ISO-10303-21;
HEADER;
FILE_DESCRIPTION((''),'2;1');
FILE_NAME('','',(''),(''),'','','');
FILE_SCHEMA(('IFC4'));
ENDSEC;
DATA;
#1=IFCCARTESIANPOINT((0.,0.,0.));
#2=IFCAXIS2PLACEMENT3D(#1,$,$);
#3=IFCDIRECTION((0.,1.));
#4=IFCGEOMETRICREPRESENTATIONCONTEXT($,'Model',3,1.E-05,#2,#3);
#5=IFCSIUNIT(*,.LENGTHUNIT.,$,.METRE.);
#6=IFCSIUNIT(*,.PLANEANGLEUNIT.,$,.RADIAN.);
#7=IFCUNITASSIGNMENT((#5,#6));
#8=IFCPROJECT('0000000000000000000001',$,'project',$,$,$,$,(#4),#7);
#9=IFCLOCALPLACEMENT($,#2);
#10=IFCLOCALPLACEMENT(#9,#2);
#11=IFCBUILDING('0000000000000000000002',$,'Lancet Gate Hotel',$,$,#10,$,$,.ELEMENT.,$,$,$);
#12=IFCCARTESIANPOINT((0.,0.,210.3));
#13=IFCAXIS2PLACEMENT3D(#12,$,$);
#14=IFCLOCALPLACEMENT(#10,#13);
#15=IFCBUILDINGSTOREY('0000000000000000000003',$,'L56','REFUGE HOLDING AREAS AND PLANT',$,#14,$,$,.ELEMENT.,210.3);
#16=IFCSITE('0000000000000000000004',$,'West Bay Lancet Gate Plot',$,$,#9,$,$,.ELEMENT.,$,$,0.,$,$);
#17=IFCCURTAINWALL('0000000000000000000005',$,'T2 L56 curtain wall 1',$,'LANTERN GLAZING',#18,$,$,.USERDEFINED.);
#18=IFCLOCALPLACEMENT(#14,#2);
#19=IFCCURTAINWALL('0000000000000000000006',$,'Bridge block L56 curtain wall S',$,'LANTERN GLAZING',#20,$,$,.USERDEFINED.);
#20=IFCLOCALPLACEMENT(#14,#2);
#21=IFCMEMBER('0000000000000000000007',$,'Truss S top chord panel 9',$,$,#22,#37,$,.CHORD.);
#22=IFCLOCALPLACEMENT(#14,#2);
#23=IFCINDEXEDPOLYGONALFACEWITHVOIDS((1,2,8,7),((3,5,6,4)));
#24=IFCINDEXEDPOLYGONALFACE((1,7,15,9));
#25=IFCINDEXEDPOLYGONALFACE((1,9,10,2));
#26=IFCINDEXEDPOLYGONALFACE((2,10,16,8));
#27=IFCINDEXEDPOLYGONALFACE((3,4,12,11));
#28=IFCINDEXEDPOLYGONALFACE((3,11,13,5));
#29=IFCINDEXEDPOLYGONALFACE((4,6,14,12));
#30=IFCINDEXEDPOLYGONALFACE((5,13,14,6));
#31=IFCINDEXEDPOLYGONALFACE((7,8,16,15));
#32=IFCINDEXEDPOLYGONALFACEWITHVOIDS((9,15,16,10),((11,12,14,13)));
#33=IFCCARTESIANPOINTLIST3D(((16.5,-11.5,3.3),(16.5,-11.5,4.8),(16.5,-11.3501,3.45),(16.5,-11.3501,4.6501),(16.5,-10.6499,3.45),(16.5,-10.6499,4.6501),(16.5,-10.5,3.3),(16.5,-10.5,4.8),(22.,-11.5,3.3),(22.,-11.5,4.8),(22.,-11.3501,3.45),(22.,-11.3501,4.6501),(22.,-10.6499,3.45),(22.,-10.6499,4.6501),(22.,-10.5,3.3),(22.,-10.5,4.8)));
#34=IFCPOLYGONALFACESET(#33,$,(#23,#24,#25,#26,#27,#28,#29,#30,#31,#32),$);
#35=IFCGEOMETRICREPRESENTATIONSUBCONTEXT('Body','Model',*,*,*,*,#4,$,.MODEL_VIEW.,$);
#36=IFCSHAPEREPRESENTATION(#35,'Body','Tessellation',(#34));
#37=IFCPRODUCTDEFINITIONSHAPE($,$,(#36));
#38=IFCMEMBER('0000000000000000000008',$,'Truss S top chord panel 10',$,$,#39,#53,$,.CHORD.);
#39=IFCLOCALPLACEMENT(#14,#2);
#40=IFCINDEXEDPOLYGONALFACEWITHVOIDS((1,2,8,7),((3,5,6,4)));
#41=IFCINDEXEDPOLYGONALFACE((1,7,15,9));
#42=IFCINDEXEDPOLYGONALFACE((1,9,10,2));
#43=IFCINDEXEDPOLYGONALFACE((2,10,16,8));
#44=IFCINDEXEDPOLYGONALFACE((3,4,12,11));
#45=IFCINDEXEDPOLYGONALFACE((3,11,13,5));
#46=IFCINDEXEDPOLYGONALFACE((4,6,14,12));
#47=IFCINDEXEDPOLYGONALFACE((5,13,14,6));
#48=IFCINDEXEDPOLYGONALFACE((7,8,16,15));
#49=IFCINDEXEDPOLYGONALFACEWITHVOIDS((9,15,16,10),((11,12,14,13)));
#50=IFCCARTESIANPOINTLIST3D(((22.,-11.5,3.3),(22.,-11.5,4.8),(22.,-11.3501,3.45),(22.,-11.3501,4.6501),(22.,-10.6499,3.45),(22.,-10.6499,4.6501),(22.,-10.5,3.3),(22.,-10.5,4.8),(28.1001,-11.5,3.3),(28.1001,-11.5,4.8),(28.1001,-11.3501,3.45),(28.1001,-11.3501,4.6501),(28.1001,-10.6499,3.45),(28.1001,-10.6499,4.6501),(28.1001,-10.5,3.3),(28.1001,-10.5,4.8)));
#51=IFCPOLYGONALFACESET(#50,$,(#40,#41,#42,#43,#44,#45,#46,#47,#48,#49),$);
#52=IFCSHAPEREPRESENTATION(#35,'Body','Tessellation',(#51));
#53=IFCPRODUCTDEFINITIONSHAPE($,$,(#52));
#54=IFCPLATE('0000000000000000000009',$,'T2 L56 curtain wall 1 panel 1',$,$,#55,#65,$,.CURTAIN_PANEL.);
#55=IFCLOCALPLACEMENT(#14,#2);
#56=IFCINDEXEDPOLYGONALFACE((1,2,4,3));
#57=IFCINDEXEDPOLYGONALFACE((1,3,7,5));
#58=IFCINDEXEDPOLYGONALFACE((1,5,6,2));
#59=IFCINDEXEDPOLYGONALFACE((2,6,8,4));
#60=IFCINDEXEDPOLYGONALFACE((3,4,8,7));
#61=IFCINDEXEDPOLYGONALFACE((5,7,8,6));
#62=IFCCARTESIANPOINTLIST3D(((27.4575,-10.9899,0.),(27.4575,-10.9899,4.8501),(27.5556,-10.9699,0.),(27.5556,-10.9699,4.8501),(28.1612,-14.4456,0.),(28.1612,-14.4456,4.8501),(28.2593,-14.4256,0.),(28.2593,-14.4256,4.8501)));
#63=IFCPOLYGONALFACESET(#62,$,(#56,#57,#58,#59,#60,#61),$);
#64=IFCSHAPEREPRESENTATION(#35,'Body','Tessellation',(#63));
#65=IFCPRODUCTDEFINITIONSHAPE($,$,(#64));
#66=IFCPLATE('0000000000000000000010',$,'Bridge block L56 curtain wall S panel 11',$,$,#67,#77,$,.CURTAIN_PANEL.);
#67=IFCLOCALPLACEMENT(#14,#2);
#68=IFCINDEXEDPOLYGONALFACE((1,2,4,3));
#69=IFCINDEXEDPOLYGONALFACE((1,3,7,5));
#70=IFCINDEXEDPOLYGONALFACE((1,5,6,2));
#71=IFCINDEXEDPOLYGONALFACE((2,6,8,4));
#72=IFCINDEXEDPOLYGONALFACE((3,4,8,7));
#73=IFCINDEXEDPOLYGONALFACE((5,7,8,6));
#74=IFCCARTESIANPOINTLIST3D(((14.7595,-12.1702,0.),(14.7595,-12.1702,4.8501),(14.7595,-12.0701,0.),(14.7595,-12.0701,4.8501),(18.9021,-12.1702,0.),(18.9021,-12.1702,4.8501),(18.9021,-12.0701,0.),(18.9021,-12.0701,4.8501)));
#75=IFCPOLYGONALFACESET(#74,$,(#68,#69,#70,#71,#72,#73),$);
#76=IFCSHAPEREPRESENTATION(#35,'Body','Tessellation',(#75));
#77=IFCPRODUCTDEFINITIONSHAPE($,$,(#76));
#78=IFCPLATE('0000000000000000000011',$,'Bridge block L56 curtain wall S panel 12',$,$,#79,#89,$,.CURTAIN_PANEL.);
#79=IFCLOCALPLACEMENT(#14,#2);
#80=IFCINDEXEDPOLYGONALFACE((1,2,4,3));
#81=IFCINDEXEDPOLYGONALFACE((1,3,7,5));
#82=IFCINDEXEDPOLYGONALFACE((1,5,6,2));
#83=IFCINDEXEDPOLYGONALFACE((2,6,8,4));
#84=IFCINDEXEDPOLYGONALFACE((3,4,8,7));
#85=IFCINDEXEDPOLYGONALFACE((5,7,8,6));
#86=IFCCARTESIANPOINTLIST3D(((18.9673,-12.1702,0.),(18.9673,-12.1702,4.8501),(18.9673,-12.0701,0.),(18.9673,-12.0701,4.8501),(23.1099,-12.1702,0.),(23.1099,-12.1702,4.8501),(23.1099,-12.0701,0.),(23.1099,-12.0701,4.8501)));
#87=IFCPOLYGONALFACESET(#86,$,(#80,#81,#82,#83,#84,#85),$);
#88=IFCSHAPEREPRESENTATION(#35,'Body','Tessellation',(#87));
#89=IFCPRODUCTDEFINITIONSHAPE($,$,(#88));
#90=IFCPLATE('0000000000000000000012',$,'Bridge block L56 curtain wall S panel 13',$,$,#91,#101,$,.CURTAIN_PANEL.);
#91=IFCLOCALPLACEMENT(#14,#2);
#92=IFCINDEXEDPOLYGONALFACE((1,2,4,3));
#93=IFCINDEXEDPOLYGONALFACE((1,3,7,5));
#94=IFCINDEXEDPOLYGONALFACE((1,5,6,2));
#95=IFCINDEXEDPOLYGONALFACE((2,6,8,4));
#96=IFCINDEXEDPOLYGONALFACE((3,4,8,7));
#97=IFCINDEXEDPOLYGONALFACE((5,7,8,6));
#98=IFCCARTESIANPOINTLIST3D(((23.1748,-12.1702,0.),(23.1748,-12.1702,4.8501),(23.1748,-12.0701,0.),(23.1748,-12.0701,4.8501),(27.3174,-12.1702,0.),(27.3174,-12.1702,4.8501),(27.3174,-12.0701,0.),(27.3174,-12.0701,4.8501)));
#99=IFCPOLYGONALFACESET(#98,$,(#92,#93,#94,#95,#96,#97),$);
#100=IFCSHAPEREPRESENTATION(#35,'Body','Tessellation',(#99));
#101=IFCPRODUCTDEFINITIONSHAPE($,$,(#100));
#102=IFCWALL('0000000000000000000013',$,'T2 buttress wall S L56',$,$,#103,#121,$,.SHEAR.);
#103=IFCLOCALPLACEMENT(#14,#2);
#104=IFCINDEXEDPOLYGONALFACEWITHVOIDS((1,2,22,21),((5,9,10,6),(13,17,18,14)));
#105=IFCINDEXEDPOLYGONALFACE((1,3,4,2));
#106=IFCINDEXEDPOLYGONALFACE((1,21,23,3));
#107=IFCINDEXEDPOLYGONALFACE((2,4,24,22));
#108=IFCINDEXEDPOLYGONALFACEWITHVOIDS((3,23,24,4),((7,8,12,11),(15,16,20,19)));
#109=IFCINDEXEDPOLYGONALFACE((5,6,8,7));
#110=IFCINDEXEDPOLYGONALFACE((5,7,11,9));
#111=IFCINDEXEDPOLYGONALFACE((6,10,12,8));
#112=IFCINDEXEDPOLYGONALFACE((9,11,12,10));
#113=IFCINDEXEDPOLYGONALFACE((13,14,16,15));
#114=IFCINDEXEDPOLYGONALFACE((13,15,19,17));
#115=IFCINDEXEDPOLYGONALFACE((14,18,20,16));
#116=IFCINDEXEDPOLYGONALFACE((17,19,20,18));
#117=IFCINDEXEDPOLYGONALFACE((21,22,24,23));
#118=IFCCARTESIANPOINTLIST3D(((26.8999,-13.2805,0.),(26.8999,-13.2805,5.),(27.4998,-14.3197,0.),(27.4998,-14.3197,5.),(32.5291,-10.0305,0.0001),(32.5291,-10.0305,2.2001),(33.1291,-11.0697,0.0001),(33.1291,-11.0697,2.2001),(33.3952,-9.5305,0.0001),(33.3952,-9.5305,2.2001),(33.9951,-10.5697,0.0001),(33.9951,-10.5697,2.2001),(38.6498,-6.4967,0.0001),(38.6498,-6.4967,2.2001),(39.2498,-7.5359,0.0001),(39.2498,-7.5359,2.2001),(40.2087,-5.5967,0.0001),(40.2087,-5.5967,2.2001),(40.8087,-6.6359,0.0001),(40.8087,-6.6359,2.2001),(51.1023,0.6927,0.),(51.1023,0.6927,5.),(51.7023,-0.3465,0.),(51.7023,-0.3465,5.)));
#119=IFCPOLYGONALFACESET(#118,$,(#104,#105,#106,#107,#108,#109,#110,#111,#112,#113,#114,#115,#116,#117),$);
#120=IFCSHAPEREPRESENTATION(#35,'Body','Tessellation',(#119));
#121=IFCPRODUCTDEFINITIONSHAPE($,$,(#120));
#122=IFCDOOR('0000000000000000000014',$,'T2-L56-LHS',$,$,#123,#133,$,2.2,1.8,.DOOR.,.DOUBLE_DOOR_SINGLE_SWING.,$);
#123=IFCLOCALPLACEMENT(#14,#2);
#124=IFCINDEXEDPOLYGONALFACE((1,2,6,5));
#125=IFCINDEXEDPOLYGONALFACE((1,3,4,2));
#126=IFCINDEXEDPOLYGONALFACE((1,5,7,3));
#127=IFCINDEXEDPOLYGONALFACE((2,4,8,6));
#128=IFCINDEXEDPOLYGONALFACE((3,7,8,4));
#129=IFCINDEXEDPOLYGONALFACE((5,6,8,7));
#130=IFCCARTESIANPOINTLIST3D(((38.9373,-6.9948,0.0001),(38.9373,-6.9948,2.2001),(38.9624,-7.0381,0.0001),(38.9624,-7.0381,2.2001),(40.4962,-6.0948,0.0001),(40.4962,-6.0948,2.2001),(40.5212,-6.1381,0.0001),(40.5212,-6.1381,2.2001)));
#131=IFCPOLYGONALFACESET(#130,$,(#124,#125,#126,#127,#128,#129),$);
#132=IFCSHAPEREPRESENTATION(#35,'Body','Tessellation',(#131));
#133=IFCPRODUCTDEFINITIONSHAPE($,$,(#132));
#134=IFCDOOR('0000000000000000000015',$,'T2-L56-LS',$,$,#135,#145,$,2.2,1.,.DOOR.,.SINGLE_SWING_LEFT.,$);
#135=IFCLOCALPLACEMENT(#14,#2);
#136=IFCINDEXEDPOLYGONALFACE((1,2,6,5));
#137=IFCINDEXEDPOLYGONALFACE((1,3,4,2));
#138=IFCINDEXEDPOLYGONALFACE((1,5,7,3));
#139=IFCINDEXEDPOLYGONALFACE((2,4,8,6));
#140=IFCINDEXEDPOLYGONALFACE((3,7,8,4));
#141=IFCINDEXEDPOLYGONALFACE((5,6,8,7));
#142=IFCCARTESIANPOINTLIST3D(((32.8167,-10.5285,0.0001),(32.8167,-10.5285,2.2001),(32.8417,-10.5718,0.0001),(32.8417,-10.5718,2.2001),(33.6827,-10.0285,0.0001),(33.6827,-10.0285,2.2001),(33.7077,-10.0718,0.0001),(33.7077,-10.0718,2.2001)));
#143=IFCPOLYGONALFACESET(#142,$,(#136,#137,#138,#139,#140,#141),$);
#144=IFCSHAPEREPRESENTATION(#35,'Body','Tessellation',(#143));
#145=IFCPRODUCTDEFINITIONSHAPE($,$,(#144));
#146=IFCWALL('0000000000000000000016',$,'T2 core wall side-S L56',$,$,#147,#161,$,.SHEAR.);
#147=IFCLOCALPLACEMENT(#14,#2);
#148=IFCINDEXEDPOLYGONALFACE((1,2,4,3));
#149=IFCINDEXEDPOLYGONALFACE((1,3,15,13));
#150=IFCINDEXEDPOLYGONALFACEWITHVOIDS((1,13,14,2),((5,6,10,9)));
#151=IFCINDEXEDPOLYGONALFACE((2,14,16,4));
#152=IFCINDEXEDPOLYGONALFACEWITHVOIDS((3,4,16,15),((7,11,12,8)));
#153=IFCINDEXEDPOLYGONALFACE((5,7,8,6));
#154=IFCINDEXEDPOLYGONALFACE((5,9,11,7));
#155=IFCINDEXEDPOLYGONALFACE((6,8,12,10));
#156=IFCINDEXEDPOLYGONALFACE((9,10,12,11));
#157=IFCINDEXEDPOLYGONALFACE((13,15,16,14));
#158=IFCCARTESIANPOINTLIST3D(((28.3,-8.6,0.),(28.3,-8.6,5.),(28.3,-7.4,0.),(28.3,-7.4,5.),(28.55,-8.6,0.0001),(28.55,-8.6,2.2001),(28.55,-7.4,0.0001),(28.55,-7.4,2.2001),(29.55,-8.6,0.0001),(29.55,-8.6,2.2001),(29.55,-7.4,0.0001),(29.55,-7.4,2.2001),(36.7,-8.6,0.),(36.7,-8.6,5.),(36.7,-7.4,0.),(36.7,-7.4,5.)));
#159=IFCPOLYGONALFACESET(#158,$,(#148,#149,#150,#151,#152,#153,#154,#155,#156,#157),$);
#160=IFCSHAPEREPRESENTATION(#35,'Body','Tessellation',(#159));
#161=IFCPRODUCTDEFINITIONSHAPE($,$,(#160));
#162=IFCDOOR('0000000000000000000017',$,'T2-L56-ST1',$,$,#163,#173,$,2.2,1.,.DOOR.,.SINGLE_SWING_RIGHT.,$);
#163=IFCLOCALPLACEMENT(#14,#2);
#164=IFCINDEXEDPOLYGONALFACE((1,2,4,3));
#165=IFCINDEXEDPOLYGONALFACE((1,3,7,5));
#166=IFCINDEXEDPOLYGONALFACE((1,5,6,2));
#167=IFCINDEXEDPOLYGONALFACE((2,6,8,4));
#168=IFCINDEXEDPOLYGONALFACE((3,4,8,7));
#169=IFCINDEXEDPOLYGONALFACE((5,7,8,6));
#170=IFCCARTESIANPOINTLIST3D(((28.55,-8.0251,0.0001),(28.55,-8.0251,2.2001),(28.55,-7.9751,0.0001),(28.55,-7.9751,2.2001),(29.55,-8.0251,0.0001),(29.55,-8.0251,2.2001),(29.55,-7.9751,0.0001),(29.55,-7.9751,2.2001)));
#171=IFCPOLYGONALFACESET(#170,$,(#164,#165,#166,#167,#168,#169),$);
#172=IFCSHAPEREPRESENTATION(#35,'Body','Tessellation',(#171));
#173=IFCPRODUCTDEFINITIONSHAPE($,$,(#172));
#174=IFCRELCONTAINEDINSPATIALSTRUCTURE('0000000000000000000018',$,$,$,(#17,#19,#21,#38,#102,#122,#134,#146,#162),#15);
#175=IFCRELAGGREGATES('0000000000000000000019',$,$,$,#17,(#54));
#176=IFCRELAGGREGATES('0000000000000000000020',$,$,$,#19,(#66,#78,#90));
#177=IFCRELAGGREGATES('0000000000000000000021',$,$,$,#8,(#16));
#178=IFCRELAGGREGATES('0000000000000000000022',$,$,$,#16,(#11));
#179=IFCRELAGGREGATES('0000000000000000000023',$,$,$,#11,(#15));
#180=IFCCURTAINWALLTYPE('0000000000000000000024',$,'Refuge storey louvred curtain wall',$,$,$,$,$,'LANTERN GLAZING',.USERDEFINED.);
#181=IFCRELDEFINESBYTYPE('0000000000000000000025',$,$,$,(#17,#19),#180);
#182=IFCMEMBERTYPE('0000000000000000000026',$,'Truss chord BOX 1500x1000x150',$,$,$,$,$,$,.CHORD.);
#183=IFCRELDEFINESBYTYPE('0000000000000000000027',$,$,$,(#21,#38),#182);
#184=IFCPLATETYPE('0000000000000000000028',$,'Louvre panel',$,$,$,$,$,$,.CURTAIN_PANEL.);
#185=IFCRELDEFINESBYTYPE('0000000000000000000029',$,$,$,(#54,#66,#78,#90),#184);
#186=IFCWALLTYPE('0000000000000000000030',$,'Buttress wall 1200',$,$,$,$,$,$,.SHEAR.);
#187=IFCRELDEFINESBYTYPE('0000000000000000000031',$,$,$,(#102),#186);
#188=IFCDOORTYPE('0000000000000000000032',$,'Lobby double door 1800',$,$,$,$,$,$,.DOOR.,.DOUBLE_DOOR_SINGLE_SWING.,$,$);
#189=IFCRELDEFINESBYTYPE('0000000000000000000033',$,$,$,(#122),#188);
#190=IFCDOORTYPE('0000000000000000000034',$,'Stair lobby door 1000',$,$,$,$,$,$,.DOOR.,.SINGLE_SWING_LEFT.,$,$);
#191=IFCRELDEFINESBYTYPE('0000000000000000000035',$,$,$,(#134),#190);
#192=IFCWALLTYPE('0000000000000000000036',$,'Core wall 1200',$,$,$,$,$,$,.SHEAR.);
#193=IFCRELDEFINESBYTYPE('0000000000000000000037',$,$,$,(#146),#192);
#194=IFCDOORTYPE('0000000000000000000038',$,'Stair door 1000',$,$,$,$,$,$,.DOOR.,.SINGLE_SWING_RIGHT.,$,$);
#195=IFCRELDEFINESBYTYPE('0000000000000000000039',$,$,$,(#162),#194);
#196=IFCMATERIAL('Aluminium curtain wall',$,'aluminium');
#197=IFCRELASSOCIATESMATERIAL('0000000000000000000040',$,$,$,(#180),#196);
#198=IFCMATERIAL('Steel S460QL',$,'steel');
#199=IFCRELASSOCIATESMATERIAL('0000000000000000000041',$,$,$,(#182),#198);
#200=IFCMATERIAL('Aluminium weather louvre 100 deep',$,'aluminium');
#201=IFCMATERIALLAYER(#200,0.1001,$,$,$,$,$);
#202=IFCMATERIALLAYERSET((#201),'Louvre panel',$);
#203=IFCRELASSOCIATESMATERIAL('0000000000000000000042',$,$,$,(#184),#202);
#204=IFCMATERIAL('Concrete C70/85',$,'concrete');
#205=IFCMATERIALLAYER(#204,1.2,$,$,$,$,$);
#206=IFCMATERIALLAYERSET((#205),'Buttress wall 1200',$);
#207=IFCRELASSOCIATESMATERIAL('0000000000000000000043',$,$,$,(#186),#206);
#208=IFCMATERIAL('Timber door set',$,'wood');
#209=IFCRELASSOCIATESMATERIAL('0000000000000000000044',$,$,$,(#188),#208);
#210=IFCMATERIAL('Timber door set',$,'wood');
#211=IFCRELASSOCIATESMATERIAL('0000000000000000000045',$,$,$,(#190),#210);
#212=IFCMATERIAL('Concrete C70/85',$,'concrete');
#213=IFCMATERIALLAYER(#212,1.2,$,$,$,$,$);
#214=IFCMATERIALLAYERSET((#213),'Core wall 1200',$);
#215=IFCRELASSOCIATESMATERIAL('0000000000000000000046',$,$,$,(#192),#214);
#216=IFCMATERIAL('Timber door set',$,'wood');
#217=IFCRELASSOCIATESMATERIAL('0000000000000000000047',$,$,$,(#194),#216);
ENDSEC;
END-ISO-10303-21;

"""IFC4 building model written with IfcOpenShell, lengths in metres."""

from ifc_helpers import new_model, si_unit, direction, frame, frame_2d, origin, origin_2d, place, context, subcontext, project, spatial, rectangle, hollow_rectangle, extrude, material, layer, layer_set, material_profile, profile_set, type_object, element, fill, aggregate, save


model = new_model("IFC4")

# Units and contexts
model_context = context("Model", 3, precision=1e-05, world=origin(), true_north=direction((0.0, 1.0)))
body_context = subcontext(model_context, "Body", "Model", "MODEL_VIEW")
ifc_project = project(units=[si_unit("LENGTHUNIT", "METRE"), si_unit("PLANEANGLEUNIT", "RADIAN")], contexts=[model_context])

# Site, building, storey
site_placement = place(None, origin())
site = spatial("IfcSite", under=ifc_project, at=site_placement, Name="West Bay Lancet Gate Plot", CompositionType="ELEMENT", RefElevation=0.0)
building_placement = place(site_placement, origin())
building = spatial("IfcBuilding", under=site, at=building_placement, Name="Lancet Gate Hotel", CompositionType="ELEMENT")
storey_placement = place(building_placement, frame((0.0, 0.0, 210.3)))
storey = spatial("IfcBuildingStorey", under=building, at=storey_placement, Name="L56", Description="REFUGE HOLDING AREAS AND PLANT", CompositionType="ELEMENT", Elevation=210.3)

# Curtain walls
ifc_material_1 = material(Name="Aluminium curtain wall", Category="aluminium")
curtain_wall_type = type_object("IfcCurtainWallType", Name="Refuge storey louvred curtain wall", ElementType="LANTERN GLAZING", PredefinedType="USERDEFINED", material=ifc_material_1)
curtain_wall_1_placement = place(storey_placement, origin())
curtain_wall_1 = element("IfcCurtainWall", 1, at=curtain_wall_1_placement, inside=storey, type_object=curtain_wall_type, Name="T2 L56 curtain wall 1", ObjectType="LANTERN GLAZING", PredefinedType="USERDEFINED")
curtain_wall_2_placement = place(storey_placement, origin())
curtain_wall_2 = element("IfcCurtainWall", 2, at=curtain_wall_2_placement, inside=storey, type_object=curtain_wall_type, Name="Bridge block L56 curtain wall S", ObjectType="LANTERN GLAZING", PredefinedType="USERDEFINED")

# Members
ifc_material_2 = material(Name="Steel S460QL", Category="steel")
ifc_material_profile_1 = material_profile(ifc_material_2, hollow_rectangle(XDim=1.0, YDim=1.5, WallThickness=0.1499, at=origin_2d()), Name="BOX 1500x1000x150")
ifc_profile_set_1 = profile_set([ifc_material_profile_1], Name="Steel S460QL")
member_type_1 = type_object("IfcMemberType", Name="Truss chord BOX 1500x1000x150", PredefinedType="CHORD", material=ifc_profile_set_1)
member_1_placement = place(storey_placement, frame((16.5, -11.0, 4.05), z_axis=(1.0, 0.0, 0.0), x_axis=(0.0, 1.0, 0.0)))
element("IfcMember", 3, at=member_1_placement, inside=storey, type_object=member_type_1, Name="Truss S top chord panel 9", PredefinedType="CHORD", context=body_context, shape_type="SweptSolid", body=[
    extrude(hollow_rectangle(XDim=1.0, YDim=1.5, WallThickness=0.1499, at=origin_2d()), origin(), (0.0, 0.0, 1.0), 5.5),
])
member_2_placement = place(storey_placement, frame((22.0, -11.0, 4.05), z_axis=(1.0, 0.0, 0.0), x_axis=(0.0, 1.0, 0.0)))
element("IfcMember", 4, at=member_2_placement, inside=storey, type_object=member_type_1, Name="Truss S top chord panel 10", PredefinedType="CHORD", context=body_context, shape_type="SweptSolid", body=[
    extrude(hollow_rectangle(XDim=1.0, YDim=1.5, WallThickness=0.1499, at=origin_2d()), origin(), (0.0, 0.0, 1.0), 6.1001),
])

# Plates
ifc_material_3 = material(Name="Aluminium weather louvre 100 deep", Category="aluminium")
ifc_layer_1 = layer(ifc_material_3, 0.1001)
ifc_layer_set_1 = layer_set([ifc_layer_1], Name="Louvre panel")
plate_type = type_object("IfcPlateType", Name="Louvre panel", PredefinedType="CURTAIN_PANEL", material=ifc_layer_set_1)
plate_1_placement = place(storey_placement, frame((27.8584, -12.7078, 0.0), z_axis=(0.0, 0.0, 1.0), x_axis=(0.199533, -0.979891, 0.0)))
plate_1 = element("IfcPlate", 5, at=plate_1_placement, type_object=plate_type, Name="T2 L56 curtain wall 1 panel 1", PredefinedType="CURTAIN_PANEL", context=body_context, shape_type="SweptSolid", body=[
    extrude(rectangle(XDim=3.5266, YDim=0.1001, at=origin_2d()), origin(), (0.0, 0.0, 1.0), 4.8501),
])
aggregate(curtain_wall_1, [plate_1])
plate_2_placement = place(storey_placement, frame((16.8308, -12.1201, 0.0), z_axis=(0.0, 0.0, 1.0), x_axis=(1.0, 0.0, 0.0)))
plate_2 = element("IfcPlate", 6, at=plate_2_placement, type_object=plate_type, Name="Bridge block L56 curtain wall S panel 11", PredefinedType="CURTAIN_PANEL", context=body_context, shape_type="SweptSolid", body=[
    extrude(rectangle(XDim=4.1426, YDim=0.1001, at=origin_2d()), origin(), (0.0, 0.0, 1.0), 4.8501),
])
plate_3_placement = place(storey_placement, frame((21.0386, -12.1201, 0.0), z_axis=(0.0, 0.0, 1.0), x_axis=(1.0, 0.0, 0.0)))
plate_3 = element("IfcPlate", 7, at=plate_3_placement, type_object=plate_type, Name="Bridge block L56 curtain wall S panel 12", PredefinedType="CURTAIN_PANEL", context=body_context, shape_type="SweptSolid", body=[
    extrude(rectangle(XDim=4.1426, YDim=0.1001, at=origin_2d()), origin(), (0.0, 0.0, 1.0), 4.8501),
])
plate_4_placement = place(storey_placement, frame((25.2461, -12.1201, 0.0), z_axis=(0.0, 0.0, 1.0), x_axis=(1.0, 0.0, 0.0)))
plate_4 = element("IfcPlate", 8, at=plate_4_placement, type_object=plate_type, Name="Bridge block L56 curtain wall S panel 13", PredefinedType="CURTAIN_PANEL", context=body_context, shape_type="SweptSolid", body=[
    extrude(rectangle(XDim=4.1426, YDim=0.1001, at=origin_2d()), origin(), (0.0, 0.0, 1.0), 4.8501),
])
aggregate(curtain_wall_2, [plate_2, plate_3, plate_4])

# Wall, openings, doors
ifc_material_4 = material(Name="Concrete C70/85", Category="concrete")
ifc_layer_2 = layer(ifc_material_4, 1.2)
ifc_layer_set_2 = layer_set([ifc_layer_2], Name="Buttress wall 1200")
wall_type_1 = type_object("IfcWallType", Name="Buttress wall 1200", PredefinedType="SHEAR", material=ifc_layer_set_2)
wall_1_placement = place(storey_placement, frame((27.2, -13.8, 0.0), z_axis=(0.0, 0.0, 1.0), x_axis=(0.866027, 0.499997, 0.0)))
wall_1 = element("IfcWall", 9, at=wall_1_placement, inside=storey, type_object=wall_type_1, Name="T2 buttress wall S L56", PredefinedType="SHEAR", context=body_context, shape_type="SweptSolid", body=[
    extrude(rectangle(XDim=27.9465, YDim=1.2, at=frame_2d((13.9731, 0.0))), origin(), (0.0, 0.0, 1.0), 5.0),
])
opening_1_placement = place(wall_1_placement, frame((6.5, 0.0, 0.0)))
opening_1 = element("IfcOpeningElement", 10, at=opening_1_placement, cuts=wall_1, PredefinedType="OPENING", context=body_context, shape_type="SweptSolid", body=[
    extrude(rectangle(XDim=1.0, YDim=2.2, at=frame_2d((0.5, 1.1001))), frame((0.0, 0.6099, 0.0), z_axis=(0.0, -1.0, 0.0), x_axis=(1.0, 0.0, 0.0)), (0.0, 0.0, 1.0), 1.22),
])
opening_2_placement = place(wall_1_placement, frame((13.5676, 0.0, 0.0)))
opening_2 = element("IfcOpeningElement", 11, at=opening_2_placement, cuts=wall_1, PredefinedType="OPENING", context=body_context, shape_type="SweptSolid", body=[
    extrude(rectangle(XDim=1.8, YDim=2.2, at=frame_2d((0.8999, 1.1001))), frame((0.0, 0.6099, 0.0), z_axis=(0.0, -1.0, 0.0), x_axis=(1.0, 0.0, 0.0)), (0.0, 0.0, 1.0), 1.22),
])
ifc_material_5 = material(Name="Timber door set", Category="wood")
door_type_1 = type_object("IfcDoorType", Name="Lobby double door 1800", OperationType="DOUBLE_DOOR_SINGLE_SWING", PredefinedType="DOOR", material=ifc_material_5)
door_1_placement = place(opening_2_placement, origin())
door_1 = element("IfcDoor", 12, at=door_1_placement, inside=storey, type_object=door_type_1, Name="T2-L56-LHS", OperationType="DOUBLE_DOOR_SINGLE_SWING", OverallHeight=2.2, OverallWidth=1.8, PredefinedType="DOOR", context=body_context, shape_type="SweptSolid", body=[
    extrude(rectangle(XDim=1.8, YDim=2.2, at=frame_2d((0.8999, 1.1001))), frame((0.0, 0.0249, 0.0), z_axis=(0.0, -1.0, 0.0), x_axis=(1.0, 0.0, 0.0)), (0.0, 0.0, 1.0), 0.05),
])
fill(opening_2, door_1)
ifc_material_6 = material(Name="Timber door set", Category="wood")
door_type_2 = type_object("IfcDoorType", Name="Stair lobby door 1000", OperationType="SINGLE_SWING_LEFT", PredefinedType="DOOR", material=ifc_material_6)
door_2_placement = place(opening_1_placement, origin())
door_2 = element("IfcDoor", 13, at=door_2_placement, inside=storey, type_object=door_type_2, Name="T2-L56-LS", OperationType="SINGLE_SWING_LEFT", OverallHeight=2.2, OverallWidth=1.0, PredefinedType="DOOR", context=body_context, shape_type="SweptSolid", body=[
    extrude(rectangle(XDim=1.0, YDim=2.2, at=frame_2d((0.5, 1.1001))), frame((0.0, 0.0249, 0.0), z_axis=(0.0, -1.0, 0.0), x_axis=(1.0, 0.0, 0.0)), (0.0, 0.0, 1.0), 0.05),
])
fill(opening_1, door_2)

# Wall, opening, door
ifc_material_7 = material(Name="Concrete C70/85", Category="concrete")
ifc_layer_3 = layer(ifc_material_7, 1.2)
ifc_layer_set_3 = layer_set([ifc_layer_3], Name="Core wall 1200")
wall_type_2 = type_object("IfcWallType", Name="Core wall 1200", PredefinedType="SHEAR", material=ifc_layer_set_3)
wall_2_placement = place(storey_placement, frame((28.3, -8.0, 0.0), z_axis=(0.0, 0.0, 1.0), x_axis=(1.0, 0.0, 0.0)))
wall_2 = element("IfcWall", 14, at=wall_2_placement, inside=storey, type_object=wall_type_2, Name="T2 core wall side-S L56", PredefinedType="SHEAR", context=body_context, shape_type="SweptSolid", body=[
    extrude(rectangle(XDim=8.3999, YDim=1.2, at=frame_2d((4.2, 0.0))), origin(), (0.0, 0.0, 1.0), 5.0),
])
opening_3_placement = place(wall_2_placement, frame((0.25, 0.0, 0.0)))
opening_3 = element("IfcOpeningElement", 15, at=opening_3_placement, cuts=wall_2, PredefinedType="OPENING", context=body_context, shape_type="SweptSolid", body=[
    extrude(rectangle(XDim=1.0, YDim=2.2, at=frame_2d((0.5, 1.1001))), frame((0.0, 0.6099, 0.0), z_axis=(0.0, -1.0, 0.0), x_axis=(1.0, 0.0, 0.0)), (0.0, 0.0, 1.0), 1.22),
])
ifc_material_8 = material(Name="Timber door set", Category="wood")
door_type_3 = type_object("IfcDoorType", Name="Stair door 1000", OperationType="SINGLE_SWING_RIGHT", PredefinedType="DOOR", material=ifc_material_8)
door_3_placement = place(opening_3_placement, origin())
door_3 = element("IfcDoor", 16, at=door_3_placement, inside=storey, type_object=door_type_3, Name="T2-L56-ST1", OperationType="SINGLE_SWING_RIGHT", OverallHeight=2.2, OverallWidth=1.0, PredefinedType="DOOR", context=body_context, shape_type="SweptSolid", body=[
    extrude(rectangle(XDim=1.0, YDim=2.2, at=frame_2d((0.5, 1.1001))), frame((0.0, 0.0249, 0.0), z_axis=(0.0, -1.0, 0.0), x_axis=(1.0, 0.0, 0.0)), (0.0, 0.0, 1.0), 0.05),
])
fill(opening_3, door_3)

save(model, "model.ifc")
